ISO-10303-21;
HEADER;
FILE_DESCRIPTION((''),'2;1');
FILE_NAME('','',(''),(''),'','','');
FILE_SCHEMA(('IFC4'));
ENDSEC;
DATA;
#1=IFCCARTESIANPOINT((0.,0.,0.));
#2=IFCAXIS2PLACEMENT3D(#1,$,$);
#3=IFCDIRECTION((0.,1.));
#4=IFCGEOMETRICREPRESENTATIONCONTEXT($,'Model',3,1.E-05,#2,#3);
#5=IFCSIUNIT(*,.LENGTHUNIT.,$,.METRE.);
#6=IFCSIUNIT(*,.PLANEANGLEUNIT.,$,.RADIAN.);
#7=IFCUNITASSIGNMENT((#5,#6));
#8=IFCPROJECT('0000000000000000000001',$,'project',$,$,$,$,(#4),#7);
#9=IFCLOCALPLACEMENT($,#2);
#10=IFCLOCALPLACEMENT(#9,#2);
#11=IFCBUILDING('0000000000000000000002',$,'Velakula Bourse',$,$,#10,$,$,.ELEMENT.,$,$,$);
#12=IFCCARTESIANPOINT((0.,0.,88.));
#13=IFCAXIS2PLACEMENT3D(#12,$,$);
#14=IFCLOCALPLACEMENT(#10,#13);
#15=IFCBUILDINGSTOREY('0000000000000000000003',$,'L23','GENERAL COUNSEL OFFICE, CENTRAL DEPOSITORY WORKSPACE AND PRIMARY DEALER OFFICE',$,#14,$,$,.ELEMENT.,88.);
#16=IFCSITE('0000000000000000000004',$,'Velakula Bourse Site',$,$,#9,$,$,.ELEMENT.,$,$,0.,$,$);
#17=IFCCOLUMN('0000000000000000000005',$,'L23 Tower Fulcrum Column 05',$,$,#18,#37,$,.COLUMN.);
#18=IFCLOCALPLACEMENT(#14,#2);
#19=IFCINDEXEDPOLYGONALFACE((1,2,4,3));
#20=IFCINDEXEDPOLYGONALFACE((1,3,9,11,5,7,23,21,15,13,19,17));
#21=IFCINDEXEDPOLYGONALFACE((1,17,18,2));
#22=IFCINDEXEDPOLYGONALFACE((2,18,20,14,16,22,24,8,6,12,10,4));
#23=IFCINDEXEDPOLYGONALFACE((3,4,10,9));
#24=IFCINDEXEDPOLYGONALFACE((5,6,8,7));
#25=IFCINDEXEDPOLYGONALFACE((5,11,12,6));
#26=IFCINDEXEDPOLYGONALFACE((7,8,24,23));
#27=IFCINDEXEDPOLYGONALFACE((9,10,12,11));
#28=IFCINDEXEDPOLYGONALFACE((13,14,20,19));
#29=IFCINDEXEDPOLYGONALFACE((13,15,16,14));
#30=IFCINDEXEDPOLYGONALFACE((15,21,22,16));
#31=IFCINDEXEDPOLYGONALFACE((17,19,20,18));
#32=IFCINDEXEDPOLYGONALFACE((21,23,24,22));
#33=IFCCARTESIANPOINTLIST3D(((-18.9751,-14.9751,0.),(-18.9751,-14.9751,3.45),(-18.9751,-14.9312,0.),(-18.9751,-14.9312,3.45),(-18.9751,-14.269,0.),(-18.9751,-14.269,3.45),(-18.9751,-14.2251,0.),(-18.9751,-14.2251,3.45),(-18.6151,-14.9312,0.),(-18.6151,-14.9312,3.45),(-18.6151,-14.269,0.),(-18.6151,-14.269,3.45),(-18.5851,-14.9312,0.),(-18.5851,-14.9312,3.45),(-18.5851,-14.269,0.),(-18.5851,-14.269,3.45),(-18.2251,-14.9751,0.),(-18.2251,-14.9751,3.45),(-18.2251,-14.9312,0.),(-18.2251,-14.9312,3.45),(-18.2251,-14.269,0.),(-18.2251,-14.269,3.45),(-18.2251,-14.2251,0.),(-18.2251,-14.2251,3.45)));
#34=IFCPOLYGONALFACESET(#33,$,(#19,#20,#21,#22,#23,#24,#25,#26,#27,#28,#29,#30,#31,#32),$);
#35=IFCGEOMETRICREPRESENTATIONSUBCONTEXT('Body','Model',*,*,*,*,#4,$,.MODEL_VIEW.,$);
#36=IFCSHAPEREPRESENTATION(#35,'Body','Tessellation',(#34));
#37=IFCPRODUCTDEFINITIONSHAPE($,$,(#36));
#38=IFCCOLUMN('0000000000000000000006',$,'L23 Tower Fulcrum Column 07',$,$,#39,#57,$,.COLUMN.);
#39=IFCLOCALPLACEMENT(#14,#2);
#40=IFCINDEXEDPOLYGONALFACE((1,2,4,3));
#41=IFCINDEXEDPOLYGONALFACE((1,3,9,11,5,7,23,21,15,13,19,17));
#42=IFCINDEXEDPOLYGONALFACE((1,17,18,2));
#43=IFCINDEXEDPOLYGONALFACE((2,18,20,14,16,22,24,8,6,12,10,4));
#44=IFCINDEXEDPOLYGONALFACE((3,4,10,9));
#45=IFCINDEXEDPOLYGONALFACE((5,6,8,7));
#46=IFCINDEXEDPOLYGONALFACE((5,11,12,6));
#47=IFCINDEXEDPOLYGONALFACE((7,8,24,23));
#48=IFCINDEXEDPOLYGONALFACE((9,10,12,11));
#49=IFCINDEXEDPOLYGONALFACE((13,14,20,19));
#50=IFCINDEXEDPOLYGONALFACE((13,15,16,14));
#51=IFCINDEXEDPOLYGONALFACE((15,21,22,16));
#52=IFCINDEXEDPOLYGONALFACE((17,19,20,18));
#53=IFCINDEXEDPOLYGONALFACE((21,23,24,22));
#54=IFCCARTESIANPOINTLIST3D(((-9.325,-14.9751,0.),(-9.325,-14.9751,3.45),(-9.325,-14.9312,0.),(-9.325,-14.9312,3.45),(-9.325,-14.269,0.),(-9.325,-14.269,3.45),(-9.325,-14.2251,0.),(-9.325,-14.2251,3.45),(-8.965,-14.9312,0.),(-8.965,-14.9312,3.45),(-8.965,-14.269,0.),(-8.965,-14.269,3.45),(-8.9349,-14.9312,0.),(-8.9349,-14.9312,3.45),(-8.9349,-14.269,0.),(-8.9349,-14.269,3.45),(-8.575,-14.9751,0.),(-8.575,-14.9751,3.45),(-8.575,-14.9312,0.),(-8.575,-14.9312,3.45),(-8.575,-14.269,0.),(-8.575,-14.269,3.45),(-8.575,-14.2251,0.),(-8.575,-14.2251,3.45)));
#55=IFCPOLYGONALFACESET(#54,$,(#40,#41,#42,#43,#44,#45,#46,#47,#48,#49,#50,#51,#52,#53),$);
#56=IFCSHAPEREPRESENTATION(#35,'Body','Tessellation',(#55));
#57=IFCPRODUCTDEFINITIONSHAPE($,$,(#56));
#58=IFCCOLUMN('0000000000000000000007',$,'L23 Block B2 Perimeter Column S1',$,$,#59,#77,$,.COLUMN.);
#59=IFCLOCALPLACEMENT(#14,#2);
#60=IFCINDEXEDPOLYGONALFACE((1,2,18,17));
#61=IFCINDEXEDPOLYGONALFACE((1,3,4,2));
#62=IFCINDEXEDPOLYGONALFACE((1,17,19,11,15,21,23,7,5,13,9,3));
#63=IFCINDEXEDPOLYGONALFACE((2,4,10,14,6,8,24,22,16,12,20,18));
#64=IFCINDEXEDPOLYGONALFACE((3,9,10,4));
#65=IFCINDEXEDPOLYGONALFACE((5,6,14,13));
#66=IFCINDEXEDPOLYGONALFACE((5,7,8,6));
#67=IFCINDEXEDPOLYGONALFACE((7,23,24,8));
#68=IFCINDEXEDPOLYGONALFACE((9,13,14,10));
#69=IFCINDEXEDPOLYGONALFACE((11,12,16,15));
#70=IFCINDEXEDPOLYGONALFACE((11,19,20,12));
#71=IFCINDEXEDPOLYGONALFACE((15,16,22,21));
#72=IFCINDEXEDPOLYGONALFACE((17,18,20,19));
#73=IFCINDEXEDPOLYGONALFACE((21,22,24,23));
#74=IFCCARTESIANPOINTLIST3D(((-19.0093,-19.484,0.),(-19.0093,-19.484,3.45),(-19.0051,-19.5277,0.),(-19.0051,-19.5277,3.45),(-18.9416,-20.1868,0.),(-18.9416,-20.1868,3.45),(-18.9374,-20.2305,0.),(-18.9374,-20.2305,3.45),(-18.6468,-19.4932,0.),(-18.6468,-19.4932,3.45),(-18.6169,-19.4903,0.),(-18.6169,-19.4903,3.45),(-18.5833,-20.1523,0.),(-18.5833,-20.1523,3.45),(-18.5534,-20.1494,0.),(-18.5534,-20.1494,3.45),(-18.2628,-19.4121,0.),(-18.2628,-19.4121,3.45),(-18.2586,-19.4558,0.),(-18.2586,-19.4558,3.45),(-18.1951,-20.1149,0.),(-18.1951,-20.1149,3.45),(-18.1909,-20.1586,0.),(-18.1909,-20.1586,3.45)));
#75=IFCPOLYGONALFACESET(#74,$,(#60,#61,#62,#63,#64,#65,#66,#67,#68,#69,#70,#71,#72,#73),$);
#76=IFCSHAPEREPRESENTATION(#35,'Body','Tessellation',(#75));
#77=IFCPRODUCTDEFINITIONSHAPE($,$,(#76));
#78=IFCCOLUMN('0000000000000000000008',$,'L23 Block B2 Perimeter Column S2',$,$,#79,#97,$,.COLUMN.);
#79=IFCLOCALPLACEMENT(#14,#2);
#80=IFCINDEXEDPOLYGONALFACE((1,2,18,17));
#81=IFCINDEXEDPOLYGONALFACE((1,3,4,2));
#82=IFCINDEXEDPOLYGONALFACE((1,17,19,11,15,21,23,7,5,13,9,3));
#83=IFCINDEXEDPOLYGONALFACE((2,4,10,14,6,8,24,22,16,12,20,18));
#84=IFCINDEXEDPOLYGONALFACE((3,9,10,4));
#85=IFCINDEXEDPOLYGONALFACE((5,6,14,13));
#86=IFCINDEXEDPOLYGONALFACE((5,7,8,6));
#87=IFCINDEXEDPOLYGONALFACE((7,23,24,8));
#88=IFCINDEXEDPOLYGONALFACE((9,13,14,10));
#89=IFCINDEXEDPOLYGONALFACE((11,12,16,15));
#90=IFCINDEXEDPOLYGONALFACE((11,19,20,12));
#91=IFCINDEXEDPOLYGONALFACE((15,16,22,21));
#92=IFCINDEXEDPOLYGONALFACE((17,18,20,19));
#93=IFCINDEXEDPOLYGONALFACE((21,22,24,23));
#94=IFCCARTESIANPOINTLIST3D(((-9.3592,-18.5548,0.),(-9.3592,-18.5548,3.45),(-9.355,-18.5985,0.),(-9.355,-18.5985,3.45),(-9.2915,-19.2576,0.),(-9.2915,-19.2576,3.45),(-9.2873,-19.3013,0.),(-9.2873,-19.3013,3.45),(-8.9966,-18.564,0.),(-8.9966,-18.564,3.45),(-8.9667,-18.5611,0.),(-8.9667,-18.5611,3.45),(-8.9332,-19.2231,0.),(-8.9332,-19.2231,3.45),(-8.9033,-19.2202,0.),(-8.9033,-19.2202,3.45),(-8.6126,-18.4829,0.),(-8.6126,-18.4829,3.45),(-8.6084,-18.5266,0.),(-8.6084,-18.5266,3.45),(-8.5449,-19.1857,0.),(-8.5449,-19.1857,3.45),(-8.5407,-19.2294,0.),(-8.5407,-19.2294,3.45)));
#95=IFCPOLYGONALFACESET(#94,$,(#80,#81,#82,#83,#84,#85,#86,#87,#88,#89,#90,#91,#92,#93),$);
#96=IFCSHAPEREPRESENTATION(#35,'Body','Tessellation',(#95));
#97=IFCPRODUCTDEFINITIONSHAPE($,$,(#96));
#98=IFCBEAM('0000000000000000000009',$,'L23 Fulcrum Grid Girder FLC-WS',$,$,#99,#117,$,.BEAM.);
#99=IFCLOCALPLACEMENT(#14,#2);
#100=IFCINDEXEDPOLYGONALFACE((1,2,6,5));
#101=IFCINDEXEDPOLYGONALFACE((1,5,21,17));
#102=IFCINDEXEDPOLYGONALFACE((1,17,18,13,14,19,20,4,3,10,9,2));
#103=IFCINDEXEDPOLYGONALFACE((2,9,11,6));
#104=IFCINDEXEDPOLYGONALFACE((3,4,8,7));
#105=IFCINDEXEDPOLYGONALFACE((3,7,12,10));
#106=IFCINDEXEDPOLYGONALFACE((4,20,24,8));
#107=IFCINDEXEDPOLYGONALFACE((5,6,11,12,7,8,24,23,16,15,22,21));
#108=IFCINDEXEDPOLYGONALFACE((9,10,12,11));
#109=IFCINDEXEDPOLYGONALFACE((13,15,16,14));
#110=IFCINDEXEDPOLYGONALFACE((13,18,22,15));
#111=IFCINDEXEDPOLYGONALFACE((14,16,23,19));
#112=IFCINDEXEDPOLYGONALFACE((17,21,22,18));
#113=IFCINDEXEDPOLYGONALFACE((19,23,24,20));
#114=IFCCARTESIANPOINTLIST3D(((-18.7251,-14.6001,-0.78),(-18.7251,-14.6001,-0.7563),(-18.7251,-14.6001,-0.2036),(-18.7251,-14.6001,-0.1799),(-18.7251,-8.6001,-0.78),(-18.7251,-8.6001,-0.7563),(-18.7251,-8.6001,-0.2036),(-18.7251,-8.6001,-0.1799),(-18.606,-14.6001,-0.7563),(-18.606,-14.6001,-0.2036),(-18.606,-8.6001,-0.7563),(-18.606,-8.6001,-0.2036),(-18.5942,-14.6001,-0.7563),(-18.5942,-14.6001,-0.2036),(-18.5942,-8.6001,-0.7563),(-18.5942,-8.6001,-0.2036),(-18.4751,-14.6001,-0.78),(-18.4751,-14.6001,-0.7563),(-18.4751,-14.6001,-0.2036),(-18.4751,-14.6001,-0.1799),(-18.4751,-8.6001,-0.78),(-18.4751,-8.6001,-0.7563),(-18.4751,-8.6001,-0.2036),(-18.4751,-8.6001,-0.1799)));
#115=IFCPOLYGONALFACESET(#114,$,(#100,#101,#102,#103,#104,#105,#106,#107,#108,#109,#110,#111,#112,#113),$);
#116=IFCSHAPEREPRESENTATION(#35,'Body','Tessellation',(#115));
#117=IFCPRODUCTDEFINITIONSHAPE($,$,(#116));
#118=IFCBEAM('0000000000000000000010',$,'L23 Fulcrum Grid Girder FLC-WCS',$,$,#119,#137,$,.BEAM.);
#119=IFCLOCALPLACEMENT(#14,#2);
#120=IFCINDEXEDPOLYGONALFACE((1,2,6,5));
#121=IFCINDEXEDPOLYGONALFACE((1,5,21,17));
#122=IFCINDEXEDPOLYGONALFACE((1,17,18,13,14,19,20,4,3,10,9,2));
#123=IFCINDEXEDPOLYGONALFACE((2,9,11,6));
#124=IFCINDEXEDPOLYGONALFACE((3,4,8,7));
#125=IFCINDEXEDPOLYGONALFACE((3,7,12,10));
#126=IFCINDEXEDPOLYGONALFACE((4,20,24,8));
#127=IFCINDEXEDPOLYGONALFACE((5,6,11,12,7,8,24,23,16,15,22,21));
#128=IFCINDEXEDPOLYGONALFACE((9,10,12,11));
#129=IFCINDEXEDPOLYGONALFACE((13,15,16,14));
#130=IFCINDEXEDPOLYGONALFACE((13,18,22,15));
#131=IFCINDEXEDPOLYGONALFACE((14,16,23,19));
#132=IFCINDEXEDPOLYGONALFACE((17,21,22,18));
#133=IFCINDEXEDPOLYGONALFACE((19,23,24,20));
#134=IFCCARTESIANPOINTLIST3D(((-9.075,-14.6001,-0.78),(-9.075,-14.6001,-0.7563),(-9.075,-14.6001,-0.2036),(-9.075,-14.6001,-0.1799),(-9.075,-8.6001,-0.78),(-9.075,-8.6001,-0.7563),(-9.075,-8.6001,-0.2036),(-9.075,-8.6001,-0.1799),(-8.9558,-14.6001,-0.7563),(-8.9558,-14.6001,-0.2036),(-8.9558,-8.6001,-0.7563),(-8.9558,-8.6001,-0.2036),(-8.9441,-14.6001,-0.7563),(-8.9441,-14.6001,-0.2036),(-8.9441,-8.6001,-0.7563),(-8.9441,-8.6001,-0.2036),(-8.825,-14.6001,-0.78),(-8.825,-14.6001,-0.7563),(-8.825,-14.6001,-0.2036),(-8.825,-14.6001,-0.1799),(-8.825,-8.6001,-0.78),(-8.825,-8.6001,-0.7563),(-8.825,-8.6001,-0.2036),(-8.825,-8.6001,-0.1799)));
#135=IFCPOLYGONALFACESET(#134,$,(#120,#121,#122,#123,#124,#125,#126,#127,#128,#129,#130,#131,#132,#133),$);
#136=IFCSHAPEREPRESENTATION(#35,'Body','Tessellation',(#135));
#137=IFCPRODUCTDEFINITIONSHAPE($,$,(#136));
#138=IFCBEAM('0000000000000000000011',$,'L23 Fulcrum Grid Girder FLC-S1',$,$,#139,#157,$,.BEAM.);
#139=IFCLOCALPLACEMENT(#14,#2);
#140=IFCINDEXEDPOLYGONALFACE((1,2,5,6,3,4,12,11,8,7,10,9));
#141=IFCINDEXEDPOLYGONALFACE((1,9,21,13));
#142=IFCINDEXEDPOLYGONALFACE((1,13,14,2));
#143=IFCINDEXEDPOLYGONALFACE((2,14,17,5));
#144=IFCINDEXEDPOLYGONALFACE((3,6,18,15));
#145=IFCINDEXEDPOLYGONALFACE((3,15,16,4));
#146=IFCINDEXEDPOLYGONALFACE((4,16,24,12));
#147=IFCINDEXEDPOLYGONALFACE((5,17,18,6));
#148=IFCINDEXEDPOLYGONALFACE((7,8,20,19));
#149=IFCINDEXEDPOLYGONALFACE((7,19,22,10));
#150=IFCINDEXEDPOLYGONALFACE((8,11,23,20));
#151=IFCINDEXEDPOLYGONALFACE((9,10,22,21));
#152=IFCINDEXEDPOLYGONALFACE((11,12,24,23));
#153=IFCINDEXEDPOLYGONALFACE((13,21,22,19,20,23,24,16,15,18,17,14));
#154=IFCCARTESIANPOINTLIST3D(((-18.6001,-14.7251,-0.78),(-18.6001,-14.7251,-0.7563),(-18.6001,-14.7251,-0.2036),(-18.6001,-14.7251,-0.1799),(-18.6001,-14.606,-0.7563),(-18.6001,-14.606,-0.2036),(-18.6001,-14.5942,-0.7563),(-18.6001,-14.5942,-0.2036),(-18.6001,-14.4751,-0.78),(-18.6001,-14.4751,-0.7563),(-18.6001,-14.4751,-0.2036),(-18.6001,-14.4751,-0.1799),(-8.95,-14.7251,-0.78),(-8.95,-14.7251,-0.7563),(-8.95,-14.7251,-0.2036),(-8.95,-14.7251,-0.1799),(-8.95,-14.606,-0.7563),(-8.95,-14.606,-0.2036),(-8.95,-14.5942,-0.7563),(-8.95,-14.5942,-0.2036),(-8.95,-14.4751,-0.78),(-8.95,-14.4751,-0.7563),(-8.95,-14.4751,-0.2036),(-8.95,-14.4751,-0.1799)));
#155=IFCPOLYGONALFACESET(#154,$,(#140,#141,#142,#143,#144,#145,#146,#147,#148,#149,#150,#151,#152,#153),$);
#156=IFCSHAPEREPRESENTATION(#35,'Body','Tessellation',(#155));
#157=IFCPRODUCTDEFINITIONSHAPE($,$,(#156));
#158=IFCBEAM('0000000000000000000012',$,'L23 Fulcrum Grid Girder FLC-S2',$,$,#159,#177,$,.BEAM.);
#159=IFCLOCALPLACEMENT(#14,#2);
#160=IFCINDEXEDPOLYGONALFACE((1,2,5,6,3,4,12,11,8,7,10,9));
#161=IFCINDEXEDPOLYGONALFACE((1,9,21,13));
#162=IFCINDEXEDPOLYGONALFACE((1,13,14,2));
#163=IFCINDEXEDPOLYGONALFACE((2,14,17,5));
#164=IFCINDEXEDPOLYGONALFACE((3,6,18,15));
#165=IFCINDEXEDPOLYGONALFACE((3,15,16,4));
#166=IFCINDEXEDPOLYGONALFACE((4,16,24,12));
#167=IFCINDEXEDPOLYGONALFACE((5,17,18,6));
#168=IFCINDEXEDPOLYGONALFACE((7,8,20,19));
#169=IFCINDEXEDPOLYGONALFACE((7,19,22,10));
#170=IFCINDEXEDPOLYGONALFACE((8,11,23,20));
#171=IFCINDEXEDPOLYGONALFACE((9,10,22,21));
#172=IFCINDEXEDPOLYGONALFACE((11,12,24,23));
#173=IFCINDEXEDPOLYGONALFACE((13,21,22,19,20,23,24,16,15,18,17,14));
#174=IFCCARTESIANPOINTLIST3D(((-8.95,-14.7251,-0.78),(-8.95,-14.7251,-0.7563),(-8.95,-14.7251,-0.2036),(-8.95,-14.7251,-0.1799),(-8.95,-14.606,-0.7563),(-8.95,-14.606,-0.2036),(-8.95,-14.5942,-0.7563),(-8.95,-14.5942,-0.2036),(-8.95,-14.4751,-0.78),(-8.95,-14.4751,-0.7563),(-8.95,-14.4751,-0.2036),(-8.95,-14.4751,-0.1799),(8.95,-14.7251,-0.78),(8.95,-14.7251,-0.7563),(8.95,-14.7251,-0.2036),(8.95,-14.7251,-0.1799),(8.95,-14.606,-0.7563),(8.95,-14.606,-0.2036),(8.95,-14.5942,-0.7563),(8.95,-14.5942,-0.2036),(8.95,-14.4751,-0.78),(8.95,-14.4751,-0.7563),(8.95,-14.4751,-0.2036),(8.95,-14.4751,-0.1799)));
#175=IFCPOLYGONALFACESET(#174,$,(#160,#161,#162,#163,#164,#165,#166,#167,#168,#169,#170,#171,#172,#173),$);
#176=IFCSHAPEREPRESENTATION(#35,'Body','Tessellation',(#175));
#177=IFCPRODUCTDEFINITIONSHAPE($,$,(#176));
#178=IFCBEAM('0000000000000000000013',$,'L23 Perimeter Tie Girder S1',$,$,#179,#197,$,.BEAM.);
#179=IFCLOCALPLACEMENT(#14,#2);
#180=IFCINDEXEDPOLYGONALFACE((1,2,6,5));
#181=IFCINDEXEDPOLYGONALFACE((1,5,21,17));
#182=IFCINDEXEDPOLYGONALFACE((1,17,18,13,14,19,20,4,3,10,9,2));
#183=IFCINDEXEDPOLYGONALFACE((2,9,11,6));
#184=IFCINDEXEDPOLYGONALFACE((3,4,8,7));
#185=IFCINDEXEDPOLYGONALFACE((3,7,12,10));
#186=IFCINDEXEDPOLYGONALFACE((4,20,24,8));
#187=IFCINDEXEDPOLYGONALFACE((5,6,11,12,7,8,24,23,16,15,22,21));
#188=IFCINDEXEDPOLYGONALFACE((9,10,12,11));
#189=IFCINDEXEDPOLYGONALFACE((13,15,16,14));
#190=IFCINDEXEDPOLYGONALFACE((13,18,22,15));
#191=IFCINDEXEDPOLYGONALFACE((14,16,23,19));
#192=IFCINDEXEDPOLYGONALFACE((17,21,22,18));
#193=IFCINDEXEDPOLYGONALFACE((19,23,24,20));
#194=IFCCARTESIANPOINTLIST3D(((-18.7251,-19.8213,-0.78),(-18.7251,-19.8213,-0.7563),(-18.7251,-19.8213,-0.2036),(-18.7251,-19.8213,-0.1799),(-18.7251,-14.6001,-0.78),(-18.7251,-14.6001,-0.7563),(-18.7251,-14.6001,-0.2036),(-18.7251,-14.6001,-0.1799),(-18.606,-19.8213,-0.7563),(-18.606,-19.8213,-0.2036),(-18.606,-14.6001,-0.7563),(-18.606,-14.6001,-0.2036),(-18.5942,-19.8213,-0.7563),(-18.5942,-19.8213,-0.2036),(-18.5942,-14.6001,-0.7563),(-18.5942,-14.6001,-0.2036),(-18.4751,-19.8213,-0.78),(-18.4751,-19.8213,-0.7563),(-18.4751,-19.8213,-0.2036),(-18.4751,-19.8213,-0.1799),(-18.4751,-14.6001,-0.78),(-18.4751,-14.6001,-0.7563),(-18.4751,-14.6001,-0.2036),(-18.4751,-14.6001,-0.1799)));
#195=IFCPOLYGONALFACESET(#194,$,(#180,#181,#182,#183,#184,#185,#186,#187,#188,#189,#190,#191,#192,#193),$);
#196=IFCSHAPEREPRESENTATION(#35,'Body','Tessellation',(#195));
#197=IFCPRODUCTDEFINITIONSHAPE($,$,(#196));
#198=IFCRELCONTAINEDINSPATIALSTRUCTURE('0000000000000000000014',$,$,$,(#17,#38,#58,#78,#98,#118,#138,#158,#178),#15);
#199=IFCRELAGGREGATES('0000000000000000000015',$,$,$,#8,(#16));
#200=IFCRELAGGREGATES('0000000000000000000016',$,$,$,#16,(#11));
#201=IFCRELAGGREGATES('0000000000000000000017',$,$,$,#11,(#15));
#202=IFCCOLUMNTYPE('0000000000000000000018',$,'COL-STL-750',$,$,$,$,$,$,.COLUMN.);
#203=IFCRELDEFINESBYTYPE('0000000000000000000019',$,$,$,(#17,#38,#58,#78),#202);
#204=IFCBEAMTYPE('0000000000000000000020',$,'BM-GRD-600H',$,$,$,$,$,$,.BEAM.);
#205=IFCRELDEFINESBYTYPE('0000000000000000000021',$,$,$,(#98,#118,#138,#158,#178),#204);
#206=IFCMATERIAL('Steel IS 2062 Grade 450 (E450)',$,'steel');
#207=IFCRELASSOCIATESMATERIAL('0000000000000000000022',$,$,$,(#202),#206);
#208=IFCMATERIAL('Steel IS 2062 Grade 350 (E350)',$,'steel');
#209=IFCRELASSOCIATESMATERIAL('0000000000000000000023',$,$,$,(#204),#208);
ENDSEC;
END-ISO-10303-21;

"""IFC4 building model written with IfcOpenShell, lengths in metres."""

from ifc_helpers import new_model, si_unit, direction, frame, origin, origin_2d, place, context, subcontext, project, spatial, i_section, extrude, material, material_profile, profile_set, type_object, element, save


model = new_model("IFC4")

# Units and contexts
model_context = context("Model", 3, precision=1e-05, world=origin(), true_north=direction((0.0, 1.0)))
body_context = subcontext(model_context, "Body", "Model", "MODEL_VIEW")
ifc_project = project(units=[si_unit("LENGTHUNIT", "METRE"), si_unit("PLANEANGLEUNIT", "RADIAN")], contexts=[model_context])

# Site, building, storey
site_placement = place(None, origin())
site = spatial("IfcSite", under=ifc_project, at=site_placement, Name="Velakula Bourse Site", CompositionType="ELEMENT", RefElevation=0.0)
building_placement = place(site_placement, origin())
building = spatial("IfcBuilding", under=site, at=building_placement, Name="Velakula Bourse", CompositionType="ELEMENT")
storey_placement = place(building_placement, frame((0.0, 0.0, 88.0)))
storey = spatial("IfcBuildingStorey", under=building, at=storey_placement, Name="L23", Description="GENERAL COUNSEL OFFICE, CENTRAL DEPOSITORY WORKSPACE AND PRIMARY DEALER OFFICE", CompositionType="ELEMENT", Elevation=88.0)

# Columns
ifc_material_1 = material(Name="Steel IS 2062 Grade 450 (E450)", Category="steel")
ifc_material_profile_1 = material_profile(ifc_material_1, i_section(OverallWidth=0.75, OverallDepth=0.75, WebThickness=0.03, FlangeThickness=0.0439, at=origin_2d()), Name="Steel IS 2062 Grade 450 (E450)")
ifc_profile_set_1 = profile_set([ifc_material_profile_1], Name="Steel IS 2062 Grade 450 (E450)")
column_type = type_object("IfcColumnType", Name="COL-STL-750", PredefinedType="COLUMN", material=ifc_profile_set_1)
for number, where, z_axis, x_axis, name in (
    (1, (-18.6001, -14.6001, 0.0), (0.0, 0.0, 1.0), (1.0, 0.0, 0.0), "L23 Tower Fulcrum Column 05"),
    (2, (-8.95, -14.6001, 0.0), (0.0, 0.0, 1.0), (1.0, 0.0, 0.0), "L23 Tower Fulcrum Column 07"),
    (3, (-18.6001, -19.8213, 0.0), (0.0, 0.0, 1.0), (0.995396, 0.095846, 0.0), "L23 Block B2 Perimeter Column S1"),
    (4, (-8.95, -18.8921, 0.0), (0.0, 0.0, 1.0), (0.995396, 0.095846, 0.0), "L23 Block B2 Perimeter Column S2"),
):
    element("IfcColumn", number, at=place(storey_placement, frame(where, z_axis=z_axis, x_axis=x_axis)), inside=storey, type_object=column_type, Name=name, PredefinedType="COLUMN", context=body_context, shape_type="SweptSolid", body=[
        extrude(i_section(OverallWidth=0.75, OverallDepth=0.75, WebThickness=0.03, FlangeThickness=0.0439, at=origin_2d()), origin(), (0.0, 0.0, 1.0), 3.45),
    ])

# Beams
ifc_material_2 = material(Name="Steel IS 2062 Grade 350 (E350)", Category="steel")
ifc_material_profile_2 = material_profile(ifc_material_2, i_section(OverallWidth=0.25, OverallDepth=0.6001, WebThickness=0.0117, FlangeThickness=0.0237, at=origin_2d()), Name="Steel IS 2062 Grade 350 (E350)")
ifc_profile_set_2 = profile_set([ifc_material_profile_2], Name="Steel IS 2062 Grade 350 (E350)")
beam_type_1 = type_object("IfcBeamType", Name="BM-GRD-600H", PredefinedType="BEAM", material=ifc_profile_set_2)
for number, where, z_axis, x_axis, name in (
    (5, (-18.6001, -14.6001, -0.48), (0.0, 1.0, 0.0), (-1.0, 0.0, 0.0), "L23 Fulcrum Grid Girder FLC-WS"),
    (6, (-8.95, -14.6001, -0.48), (0.0, 1.0, 0.0), (-1.0, 0.0, 0.0), "L23 Fulcrum Grid Girder FLC-WCS"),
):
    element("IfcBeam", number, at=place(storey_placement, frame(where, z_axis=z_axis, x_axis=x_axis)), inside=storey, type_object=beam_type_1, Name=name, PredefinedType="BEAM", context=body_context, shape_type="SweptSolid", body=[
        extrude(i_section(OverallWidth=0.25, OverallDepth=0.6001, WebThickness=0.0117, FlangeThickness=0.0237, at=origin_2d()), origin(), (0.0, 0.0, 1.0), 6.0),
    ])
beam_1_placement = place(storey_placement, frame((-18.6001, -14.6001, -0.48), z_axis=(1.0, 0.0, 0.0), x_axis=(0.0, 1.0, 0.0)))
element("IfcBeam", 7, at=beam_1_placement, inside=storey, type_object=beam_type_1, Name="L23 Fulcrum Grid Girder FLC-S1", PredefinedType="BEAM", context=body_context, shape_type="SweptSolid", body=[
    extrude(i_section(OverallWidth=0.25, OverallDepth=0.6001, WebThickness=0.0117, FlangeThickness=0.0237, at=origin_2d()), origin(), (0.0, 0.0, 1.0), 9.6501),
])
beam_2_placement = place(storey_placement, frame((-8.95, -14.6001, -0.48), z_axis=(1.0, 0.0, 0.0), x_axis=(0.0, 1.0, 0.0)))
element("IfcBeam", 8, at=beam_2_placement, inside=storey, type_object=beam_type_1, Name="L23 Fulcrum Grid Girder FLC-S2", PredefinedType="BEAM", context=body_context, shape_type="SweptSolid", body=[
    extrude(i_section(OverallWidth=0.25, OverallDepth=0.6001, WebThickness=0.0117, FlangeThickness=0.0237, at=origin_2d()), origin(), (0.0, 0.0, 1.0), 17.8999),
])
beam_3_placement = place(storey_placement, frame((-18.6001, -14.6001, -0.48), z_axis=(0.0, -1.0, 0.0), x_axis=(1.0, 0.0, 0.0)))
element("IfcBeam", 9, at=beam_3_placement, inside=storey, type_object=beam_type_1, Name="L23 Perimeter Tie Girder S1", PredefinedType="BEAM", context=body_context, shape_type="SweptSolid", body=[
    extrude(i_section(OverallWidth=0.25, OverallDepth=0.6001, WebThickness=0.0117, FlangeThickness=0.0237, at=origin_2d()), origin(), (0.0, 0.0, 1.0), 5.2212),
])

save(model, "model.ifc")
